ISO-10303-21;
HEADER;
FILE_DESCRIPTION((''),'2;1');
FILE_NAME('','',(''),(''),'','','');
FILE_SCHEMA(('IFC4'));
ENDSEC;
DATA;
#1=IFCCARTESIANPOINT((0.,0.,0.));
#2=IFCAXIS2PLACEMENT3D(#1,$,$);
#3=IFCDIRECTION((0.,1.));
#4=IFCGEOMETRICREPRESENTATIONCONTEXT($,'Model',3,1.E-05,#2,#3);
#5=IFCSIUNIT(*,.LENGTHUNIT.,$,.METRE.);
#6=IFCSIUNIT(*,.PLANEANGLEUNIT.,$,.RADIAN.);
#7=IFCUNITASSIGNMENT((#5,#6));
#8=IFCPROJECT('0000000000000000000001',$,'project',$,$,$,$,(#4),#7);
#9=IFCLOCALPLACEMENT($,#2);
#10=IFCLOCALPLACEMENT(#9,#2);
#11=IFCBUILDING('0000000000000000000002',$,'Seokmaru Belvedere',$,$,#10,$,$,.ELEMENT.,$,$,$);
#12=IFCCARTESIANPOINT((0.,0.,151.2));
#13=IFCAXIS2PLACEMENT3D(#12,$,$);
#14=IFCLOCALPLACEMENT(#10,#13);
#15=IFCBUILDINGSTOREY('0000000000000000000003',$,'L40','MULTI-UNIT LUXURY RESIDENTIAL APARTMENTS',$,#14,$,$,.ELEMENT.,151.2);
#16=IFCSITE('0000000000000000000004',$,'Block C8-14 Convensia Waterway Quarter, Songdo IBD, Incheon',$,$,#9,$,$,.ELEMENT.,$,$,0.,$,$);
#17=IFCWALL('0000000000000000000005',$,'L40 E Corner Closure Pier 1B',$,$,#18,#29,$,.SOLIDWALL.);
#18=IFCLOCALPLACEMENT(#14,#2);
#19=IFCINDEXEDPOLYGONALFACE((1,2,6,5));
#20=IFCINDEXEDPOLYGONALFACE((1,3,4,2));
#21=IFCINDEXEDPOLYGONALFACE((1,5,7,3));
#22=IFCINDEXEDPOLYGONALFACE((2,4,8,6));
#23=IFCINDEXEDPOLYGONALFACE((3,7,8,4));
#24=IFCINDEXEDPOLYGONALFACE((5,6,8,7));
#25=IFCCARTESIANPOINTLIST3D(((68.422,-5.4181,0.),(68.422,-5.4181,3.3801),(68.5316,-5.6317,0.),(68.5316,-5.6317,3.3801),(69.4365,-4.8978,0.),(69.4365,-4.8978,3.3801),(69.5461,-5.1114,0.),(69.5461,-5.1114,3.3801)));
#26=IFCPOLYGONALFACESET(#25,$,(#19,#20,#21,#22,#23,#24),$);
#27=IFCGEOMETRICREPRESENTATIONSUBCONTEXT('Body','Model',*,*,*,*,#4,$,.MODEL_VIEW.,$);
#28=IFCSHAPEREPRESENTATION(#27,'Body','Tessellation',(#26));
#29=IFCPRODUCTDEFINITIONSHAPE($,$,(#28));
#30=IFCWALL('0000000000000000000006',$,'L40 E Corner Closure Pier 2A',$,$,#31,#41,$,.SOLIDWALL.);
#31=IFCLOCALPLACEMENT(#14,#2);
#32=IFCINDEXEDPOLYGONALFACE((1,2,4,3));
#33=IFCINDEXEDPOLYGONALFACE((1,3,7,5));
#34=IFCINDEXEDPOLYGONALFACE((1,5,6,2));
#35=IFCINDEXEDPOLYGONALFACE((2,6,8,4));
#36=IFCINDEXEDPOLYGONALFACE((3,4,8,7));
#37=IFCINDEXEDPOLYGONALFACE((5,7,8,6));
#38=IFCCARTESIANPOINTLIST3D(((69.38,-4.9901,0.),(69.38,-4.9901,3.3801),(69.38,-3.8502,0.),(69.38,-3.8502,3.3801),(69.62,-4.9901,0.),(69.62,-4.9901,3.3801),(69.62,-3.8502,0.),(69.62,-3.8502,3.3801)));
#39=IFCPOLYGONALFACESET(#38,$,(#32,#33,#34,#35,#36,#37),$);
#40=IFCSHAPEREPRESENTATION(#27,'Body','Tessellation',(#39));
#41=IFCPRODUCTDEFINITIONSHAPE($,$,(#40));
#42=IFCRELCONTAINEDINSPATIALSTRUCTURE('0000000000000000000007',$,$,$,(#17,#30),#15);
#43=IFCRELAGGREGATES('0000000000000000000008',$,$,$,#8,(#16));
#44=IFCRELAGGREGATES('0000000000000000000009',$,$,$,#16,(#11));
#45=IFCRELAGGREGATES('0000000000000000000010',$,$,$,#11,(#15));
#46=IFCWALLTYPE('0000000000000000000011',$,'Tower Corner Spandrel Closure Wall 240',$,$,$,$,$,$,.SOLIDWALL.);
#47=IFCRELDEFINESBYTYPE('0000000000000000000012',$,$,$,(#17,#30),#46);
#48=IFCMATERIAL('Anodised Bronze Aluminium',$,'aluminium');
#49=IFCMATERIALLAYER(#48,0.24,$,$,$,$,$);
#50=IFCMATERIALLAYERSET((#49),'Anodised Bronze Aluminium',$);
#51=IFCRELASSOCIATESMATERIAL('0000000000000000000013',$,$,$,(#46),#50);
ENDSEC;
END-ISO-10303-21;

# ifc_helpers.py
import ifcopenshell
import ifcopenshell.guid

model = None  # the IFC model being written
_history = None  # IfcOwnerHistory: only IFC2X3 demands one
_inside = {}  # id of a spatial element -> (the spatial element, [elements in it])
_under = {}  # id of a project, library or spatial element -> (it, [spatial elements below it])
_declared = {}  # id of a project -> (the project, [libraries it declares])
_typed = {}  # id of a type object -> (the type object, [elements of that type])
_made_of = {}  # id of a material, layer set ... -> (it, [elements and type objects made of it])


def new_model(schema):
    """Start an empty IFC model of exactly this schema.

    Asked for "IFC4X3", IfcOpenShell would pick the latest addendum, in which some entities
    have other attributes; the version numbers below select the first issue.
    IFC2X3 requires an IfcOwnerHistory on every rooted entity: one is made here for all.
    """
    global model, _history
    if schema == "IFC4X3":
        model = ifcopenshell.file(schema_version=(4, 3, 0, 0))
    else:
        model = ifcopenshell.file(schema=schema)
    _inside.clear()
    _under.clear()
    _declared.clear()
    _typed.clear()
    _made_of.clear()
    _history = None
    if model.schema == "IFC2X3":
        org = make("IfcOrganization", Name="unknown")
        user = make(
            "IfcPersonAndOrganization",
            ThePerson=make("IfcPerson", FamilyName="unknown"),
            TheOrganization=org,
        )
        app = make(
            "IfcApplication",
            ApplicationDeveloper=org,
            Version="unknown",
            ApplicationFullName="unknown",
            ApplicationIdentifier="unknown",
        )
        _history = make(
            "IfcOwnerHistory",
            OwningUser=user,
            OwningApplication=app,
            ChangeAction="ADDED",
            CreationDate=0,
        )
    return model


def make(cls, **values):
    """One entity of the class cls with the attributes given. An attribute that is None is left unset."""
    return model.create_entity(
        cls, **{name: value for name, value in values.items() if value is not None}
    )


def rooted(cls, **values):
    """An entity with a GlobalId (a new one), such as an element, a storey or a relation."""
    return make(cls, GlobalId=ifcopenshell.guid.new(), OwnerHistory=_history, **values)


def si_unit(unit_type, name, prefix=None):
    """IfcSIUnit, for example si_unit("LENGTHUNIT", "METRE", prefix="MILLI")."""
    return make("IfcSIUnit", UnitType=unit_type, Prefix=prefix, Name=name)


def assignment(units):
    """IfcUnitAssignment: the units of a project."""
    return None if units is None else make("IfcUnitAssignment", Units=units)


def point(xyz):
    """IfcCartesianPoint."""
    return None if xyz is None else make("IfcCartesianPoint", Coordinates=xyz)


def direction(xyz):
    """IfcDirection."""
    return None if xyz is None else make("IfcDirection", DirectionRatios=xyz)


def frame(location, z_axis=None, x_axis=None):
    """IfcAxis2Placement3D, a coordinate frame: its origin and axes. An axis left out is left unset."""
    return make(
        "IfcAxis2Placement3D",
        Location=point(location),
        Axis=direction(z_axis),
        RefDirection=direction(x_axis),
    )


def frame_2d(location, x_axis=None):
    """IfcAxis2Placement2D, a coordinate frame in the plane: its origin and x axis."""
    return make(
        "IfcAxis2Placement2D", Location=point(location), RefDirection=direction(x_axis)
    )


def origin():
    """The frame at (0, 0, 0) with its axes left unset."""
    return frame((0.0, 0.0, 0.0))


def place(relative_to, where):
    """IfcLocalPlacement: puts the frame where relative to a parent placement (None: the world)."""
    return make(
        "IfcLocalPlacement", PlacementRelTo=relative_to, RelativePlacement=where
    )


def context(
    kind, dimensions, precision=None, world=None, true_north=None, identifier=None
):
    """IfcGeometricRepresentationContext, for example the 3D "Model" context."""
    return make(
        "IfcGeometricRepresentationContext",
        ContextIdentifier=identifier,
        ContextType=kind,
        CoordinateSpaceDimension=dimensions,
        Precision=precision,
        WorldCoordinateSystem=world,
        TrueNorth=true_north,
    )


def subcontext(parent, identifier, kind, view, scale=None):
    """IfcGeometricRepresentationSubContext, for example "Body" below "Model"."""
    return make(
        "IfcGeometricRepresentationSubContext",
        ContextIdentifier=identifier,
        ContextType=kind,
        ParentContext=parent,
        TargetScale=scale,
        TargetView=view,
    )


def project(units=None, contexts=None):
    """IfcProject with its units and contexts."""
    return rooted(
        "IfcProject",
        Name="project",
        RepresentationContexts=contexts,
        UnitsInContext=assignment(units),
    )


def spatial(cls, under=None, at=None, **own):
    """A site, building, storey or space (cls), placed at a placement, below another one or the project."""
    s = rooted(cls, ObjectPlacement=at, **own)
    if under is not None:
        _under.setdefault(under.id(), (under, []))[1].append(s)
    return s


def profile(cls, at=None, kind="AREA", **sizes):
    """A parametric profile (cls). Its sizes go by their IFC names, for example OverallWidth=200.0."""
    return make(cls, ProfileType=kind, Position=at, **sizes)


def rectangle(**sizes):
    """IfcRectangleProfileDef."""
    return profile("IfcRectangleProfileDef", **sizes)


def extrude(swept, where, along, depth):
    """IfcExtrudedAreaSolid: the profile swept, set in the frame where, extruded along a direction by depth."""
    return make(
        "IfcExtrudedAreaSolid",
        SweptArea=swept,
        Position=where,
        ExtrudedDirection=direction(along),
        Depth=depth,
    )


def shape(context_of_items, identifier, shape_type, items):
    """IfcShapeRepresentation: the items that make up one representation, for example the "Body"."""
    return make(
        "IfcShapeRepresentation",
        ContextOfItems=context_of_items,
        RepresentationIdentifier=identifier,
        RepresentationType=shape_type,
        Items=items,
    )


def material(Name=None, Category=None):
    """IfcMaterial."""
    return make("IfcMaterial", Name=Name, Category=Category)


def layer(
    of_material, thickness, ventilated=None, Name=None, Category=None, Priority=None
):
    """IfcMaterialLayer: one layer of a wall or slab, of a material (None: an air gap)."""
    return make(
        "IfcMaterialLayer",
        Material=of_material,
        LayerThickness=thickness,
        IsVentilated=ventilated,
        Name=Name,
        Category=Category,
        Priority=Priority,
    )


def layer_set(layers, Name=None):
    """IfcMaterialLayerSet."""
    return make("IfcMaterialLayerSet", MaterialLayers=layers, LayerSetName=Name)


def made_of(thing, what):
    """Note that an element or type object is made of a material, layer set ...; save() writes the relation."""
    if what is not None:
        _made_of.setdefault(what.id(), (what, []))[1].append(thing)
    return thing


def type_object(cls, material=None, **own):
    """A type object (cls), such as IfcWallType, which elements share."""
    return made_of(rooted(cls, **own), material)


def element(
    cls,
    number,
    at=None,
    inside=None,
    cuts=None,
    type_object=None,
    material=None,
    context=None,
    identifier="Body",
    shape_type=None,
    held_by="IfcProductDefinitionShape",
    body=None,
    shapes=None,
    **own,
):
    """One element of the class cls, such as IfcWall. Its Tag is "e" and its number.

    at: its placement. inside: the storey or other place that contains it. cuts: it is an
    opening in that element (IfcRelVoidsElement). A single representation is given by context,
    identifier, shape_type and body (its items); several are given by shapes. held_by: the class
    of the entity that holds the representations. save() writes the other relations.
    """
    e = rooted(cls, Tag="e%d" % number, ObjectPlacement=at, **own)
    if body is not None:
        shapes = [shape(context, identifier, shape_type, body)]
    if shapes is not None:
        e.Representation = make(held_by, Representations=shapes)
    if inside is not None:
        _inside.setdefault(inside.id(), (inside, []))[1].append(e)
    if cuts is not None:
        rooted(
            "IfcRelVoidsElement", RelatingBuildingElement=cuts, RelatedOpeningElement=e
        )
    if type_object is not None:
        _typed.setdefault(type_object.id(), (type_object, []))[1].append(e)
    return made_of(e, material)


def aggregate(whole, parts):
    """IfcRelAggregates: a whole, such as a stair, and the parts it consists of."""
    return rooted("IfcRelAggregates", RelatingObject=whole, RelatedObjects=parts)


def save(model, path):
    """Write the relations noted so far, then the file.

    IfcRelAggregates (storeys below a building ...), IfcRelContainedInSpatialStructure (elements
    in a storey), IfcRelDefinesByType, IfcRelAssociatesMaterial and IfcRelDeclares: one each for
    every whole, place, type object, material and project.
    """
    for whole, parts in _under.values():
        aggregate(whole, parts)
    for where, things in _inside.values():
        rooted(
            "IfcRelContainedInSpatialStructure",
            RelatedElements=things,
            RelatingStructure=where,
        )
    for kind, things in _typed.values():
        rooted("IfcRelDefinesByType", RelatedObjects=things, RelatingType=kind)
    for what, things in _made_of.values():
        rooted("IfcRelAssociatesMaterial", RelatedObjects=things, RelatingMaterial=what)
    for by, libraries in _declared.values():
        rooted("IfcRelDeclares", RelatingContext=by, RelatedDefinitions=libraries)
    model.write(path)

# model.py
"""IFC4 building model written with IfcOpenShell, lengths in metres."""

from ifc_helpers import new_model, si_unit, direction, frame, frame_2d, origin, place, context, subcontext, project, spatial, rectangle, extrude, material, layer, layer_set, type_object, element, save


model = new_model("IFC4")

# Units and contexts
model_context = context("Model", 3, precision=1e-05, world=origin(), true_north=direction((0.0, 1.0)))
body_context = subcontext(model_context, "Body", "Model", "MODEL_VIEW")
ifc_project = project(units=[si_unit("LENGTHUNIT", "METRE"), si_unit("PLANEANGLEUNIT", "RADIAN")], contexts=[model_context])

# Site, building, storey
site_placement = place(None, origin())
site = spatial("IfcSite", under=ifc_project, at=site_placement, Name="Block C8-14 Convensia Waterway Quarter, Songdo IBD, Incheon", CompositionType="ELEMENT", RefElevation=0.0)
building_placement = place(site_placement, origin())
building = spatial("IfcBuilding", under=site, at=building_placement, Name="Seokmaru Belvedere", CompositionType="ELEMENT")
storey_placement = place(building_placement, frame((0.0, 0.0, 151.2)))
storey = spatial("IfcBuildingStorey", under=building, at=storey_placement, Name="L40", Description="MULTI-UNIT LUXURY RESIDENTIAL APARTMENTS", CompositionType="ELEMENT", Elevation=151.2)

# Shared definitions
ifc_material_1 = material(Name="Anodised Bronze Aluminium", Category="aluminium")

# Walls
ifc_layer_1 = layer(ifc_material_1, 0.24)
ifc_layer_set_1 = layer_set([ifc_layer_1], Name="Anodised Bronze Aluminium")
wall_type_1 = type_object("IfcWallType", Name="Tower Corner Spandrel Closure Wall 240", PredefinedType="SOLIDWALL", material=ifc_layer_set_1)
wall_1_placement = place(storey_placement, frame((68.4768, -5.5249, 0.0), z_axis=(0.0, 0.0, 1.0), x_axis=(0.889797, 0.456356, 0.0)))
element("IfcWall", 1, at=wall_1_placement, inside=storey, type_object=wall_type_1, Name="L40 E Corner Closure Pier 1B", PredefinedType="SOLIDWALL", context=body_context, shape_type="SweptSolid", body=[
    extrude(rectangle(XDim=1.1401, YDim=0.24, at=frame_2d((0.5701, 0.0))), origin(), (0.0, 0.0, 1.0), 3.3801),
])
wall_2_placement = place(storey_placement, frame((69.5, -4.99, 0.0), z_axis=(0.0, 0.0, 1.0), x_axis=(0.0, 1.0, 0.0)))
element("IfcWall", 2, at=wall_2_placement, inside=storey, type_object=wall_type_1, Name="L40 E Corner Closure Pier 2A", PredefinedType="SOLIDWALL", context=body_context, shape_type="SweptSolid", body=[
    extrude(rectangle(XDim=1.1399, YDim=0.24, at=frame_2d((0.5698, 0.0))), origin(), (0.0, 0.0, 1.0), 3.3801),
])

save(model, "model.ifc")
